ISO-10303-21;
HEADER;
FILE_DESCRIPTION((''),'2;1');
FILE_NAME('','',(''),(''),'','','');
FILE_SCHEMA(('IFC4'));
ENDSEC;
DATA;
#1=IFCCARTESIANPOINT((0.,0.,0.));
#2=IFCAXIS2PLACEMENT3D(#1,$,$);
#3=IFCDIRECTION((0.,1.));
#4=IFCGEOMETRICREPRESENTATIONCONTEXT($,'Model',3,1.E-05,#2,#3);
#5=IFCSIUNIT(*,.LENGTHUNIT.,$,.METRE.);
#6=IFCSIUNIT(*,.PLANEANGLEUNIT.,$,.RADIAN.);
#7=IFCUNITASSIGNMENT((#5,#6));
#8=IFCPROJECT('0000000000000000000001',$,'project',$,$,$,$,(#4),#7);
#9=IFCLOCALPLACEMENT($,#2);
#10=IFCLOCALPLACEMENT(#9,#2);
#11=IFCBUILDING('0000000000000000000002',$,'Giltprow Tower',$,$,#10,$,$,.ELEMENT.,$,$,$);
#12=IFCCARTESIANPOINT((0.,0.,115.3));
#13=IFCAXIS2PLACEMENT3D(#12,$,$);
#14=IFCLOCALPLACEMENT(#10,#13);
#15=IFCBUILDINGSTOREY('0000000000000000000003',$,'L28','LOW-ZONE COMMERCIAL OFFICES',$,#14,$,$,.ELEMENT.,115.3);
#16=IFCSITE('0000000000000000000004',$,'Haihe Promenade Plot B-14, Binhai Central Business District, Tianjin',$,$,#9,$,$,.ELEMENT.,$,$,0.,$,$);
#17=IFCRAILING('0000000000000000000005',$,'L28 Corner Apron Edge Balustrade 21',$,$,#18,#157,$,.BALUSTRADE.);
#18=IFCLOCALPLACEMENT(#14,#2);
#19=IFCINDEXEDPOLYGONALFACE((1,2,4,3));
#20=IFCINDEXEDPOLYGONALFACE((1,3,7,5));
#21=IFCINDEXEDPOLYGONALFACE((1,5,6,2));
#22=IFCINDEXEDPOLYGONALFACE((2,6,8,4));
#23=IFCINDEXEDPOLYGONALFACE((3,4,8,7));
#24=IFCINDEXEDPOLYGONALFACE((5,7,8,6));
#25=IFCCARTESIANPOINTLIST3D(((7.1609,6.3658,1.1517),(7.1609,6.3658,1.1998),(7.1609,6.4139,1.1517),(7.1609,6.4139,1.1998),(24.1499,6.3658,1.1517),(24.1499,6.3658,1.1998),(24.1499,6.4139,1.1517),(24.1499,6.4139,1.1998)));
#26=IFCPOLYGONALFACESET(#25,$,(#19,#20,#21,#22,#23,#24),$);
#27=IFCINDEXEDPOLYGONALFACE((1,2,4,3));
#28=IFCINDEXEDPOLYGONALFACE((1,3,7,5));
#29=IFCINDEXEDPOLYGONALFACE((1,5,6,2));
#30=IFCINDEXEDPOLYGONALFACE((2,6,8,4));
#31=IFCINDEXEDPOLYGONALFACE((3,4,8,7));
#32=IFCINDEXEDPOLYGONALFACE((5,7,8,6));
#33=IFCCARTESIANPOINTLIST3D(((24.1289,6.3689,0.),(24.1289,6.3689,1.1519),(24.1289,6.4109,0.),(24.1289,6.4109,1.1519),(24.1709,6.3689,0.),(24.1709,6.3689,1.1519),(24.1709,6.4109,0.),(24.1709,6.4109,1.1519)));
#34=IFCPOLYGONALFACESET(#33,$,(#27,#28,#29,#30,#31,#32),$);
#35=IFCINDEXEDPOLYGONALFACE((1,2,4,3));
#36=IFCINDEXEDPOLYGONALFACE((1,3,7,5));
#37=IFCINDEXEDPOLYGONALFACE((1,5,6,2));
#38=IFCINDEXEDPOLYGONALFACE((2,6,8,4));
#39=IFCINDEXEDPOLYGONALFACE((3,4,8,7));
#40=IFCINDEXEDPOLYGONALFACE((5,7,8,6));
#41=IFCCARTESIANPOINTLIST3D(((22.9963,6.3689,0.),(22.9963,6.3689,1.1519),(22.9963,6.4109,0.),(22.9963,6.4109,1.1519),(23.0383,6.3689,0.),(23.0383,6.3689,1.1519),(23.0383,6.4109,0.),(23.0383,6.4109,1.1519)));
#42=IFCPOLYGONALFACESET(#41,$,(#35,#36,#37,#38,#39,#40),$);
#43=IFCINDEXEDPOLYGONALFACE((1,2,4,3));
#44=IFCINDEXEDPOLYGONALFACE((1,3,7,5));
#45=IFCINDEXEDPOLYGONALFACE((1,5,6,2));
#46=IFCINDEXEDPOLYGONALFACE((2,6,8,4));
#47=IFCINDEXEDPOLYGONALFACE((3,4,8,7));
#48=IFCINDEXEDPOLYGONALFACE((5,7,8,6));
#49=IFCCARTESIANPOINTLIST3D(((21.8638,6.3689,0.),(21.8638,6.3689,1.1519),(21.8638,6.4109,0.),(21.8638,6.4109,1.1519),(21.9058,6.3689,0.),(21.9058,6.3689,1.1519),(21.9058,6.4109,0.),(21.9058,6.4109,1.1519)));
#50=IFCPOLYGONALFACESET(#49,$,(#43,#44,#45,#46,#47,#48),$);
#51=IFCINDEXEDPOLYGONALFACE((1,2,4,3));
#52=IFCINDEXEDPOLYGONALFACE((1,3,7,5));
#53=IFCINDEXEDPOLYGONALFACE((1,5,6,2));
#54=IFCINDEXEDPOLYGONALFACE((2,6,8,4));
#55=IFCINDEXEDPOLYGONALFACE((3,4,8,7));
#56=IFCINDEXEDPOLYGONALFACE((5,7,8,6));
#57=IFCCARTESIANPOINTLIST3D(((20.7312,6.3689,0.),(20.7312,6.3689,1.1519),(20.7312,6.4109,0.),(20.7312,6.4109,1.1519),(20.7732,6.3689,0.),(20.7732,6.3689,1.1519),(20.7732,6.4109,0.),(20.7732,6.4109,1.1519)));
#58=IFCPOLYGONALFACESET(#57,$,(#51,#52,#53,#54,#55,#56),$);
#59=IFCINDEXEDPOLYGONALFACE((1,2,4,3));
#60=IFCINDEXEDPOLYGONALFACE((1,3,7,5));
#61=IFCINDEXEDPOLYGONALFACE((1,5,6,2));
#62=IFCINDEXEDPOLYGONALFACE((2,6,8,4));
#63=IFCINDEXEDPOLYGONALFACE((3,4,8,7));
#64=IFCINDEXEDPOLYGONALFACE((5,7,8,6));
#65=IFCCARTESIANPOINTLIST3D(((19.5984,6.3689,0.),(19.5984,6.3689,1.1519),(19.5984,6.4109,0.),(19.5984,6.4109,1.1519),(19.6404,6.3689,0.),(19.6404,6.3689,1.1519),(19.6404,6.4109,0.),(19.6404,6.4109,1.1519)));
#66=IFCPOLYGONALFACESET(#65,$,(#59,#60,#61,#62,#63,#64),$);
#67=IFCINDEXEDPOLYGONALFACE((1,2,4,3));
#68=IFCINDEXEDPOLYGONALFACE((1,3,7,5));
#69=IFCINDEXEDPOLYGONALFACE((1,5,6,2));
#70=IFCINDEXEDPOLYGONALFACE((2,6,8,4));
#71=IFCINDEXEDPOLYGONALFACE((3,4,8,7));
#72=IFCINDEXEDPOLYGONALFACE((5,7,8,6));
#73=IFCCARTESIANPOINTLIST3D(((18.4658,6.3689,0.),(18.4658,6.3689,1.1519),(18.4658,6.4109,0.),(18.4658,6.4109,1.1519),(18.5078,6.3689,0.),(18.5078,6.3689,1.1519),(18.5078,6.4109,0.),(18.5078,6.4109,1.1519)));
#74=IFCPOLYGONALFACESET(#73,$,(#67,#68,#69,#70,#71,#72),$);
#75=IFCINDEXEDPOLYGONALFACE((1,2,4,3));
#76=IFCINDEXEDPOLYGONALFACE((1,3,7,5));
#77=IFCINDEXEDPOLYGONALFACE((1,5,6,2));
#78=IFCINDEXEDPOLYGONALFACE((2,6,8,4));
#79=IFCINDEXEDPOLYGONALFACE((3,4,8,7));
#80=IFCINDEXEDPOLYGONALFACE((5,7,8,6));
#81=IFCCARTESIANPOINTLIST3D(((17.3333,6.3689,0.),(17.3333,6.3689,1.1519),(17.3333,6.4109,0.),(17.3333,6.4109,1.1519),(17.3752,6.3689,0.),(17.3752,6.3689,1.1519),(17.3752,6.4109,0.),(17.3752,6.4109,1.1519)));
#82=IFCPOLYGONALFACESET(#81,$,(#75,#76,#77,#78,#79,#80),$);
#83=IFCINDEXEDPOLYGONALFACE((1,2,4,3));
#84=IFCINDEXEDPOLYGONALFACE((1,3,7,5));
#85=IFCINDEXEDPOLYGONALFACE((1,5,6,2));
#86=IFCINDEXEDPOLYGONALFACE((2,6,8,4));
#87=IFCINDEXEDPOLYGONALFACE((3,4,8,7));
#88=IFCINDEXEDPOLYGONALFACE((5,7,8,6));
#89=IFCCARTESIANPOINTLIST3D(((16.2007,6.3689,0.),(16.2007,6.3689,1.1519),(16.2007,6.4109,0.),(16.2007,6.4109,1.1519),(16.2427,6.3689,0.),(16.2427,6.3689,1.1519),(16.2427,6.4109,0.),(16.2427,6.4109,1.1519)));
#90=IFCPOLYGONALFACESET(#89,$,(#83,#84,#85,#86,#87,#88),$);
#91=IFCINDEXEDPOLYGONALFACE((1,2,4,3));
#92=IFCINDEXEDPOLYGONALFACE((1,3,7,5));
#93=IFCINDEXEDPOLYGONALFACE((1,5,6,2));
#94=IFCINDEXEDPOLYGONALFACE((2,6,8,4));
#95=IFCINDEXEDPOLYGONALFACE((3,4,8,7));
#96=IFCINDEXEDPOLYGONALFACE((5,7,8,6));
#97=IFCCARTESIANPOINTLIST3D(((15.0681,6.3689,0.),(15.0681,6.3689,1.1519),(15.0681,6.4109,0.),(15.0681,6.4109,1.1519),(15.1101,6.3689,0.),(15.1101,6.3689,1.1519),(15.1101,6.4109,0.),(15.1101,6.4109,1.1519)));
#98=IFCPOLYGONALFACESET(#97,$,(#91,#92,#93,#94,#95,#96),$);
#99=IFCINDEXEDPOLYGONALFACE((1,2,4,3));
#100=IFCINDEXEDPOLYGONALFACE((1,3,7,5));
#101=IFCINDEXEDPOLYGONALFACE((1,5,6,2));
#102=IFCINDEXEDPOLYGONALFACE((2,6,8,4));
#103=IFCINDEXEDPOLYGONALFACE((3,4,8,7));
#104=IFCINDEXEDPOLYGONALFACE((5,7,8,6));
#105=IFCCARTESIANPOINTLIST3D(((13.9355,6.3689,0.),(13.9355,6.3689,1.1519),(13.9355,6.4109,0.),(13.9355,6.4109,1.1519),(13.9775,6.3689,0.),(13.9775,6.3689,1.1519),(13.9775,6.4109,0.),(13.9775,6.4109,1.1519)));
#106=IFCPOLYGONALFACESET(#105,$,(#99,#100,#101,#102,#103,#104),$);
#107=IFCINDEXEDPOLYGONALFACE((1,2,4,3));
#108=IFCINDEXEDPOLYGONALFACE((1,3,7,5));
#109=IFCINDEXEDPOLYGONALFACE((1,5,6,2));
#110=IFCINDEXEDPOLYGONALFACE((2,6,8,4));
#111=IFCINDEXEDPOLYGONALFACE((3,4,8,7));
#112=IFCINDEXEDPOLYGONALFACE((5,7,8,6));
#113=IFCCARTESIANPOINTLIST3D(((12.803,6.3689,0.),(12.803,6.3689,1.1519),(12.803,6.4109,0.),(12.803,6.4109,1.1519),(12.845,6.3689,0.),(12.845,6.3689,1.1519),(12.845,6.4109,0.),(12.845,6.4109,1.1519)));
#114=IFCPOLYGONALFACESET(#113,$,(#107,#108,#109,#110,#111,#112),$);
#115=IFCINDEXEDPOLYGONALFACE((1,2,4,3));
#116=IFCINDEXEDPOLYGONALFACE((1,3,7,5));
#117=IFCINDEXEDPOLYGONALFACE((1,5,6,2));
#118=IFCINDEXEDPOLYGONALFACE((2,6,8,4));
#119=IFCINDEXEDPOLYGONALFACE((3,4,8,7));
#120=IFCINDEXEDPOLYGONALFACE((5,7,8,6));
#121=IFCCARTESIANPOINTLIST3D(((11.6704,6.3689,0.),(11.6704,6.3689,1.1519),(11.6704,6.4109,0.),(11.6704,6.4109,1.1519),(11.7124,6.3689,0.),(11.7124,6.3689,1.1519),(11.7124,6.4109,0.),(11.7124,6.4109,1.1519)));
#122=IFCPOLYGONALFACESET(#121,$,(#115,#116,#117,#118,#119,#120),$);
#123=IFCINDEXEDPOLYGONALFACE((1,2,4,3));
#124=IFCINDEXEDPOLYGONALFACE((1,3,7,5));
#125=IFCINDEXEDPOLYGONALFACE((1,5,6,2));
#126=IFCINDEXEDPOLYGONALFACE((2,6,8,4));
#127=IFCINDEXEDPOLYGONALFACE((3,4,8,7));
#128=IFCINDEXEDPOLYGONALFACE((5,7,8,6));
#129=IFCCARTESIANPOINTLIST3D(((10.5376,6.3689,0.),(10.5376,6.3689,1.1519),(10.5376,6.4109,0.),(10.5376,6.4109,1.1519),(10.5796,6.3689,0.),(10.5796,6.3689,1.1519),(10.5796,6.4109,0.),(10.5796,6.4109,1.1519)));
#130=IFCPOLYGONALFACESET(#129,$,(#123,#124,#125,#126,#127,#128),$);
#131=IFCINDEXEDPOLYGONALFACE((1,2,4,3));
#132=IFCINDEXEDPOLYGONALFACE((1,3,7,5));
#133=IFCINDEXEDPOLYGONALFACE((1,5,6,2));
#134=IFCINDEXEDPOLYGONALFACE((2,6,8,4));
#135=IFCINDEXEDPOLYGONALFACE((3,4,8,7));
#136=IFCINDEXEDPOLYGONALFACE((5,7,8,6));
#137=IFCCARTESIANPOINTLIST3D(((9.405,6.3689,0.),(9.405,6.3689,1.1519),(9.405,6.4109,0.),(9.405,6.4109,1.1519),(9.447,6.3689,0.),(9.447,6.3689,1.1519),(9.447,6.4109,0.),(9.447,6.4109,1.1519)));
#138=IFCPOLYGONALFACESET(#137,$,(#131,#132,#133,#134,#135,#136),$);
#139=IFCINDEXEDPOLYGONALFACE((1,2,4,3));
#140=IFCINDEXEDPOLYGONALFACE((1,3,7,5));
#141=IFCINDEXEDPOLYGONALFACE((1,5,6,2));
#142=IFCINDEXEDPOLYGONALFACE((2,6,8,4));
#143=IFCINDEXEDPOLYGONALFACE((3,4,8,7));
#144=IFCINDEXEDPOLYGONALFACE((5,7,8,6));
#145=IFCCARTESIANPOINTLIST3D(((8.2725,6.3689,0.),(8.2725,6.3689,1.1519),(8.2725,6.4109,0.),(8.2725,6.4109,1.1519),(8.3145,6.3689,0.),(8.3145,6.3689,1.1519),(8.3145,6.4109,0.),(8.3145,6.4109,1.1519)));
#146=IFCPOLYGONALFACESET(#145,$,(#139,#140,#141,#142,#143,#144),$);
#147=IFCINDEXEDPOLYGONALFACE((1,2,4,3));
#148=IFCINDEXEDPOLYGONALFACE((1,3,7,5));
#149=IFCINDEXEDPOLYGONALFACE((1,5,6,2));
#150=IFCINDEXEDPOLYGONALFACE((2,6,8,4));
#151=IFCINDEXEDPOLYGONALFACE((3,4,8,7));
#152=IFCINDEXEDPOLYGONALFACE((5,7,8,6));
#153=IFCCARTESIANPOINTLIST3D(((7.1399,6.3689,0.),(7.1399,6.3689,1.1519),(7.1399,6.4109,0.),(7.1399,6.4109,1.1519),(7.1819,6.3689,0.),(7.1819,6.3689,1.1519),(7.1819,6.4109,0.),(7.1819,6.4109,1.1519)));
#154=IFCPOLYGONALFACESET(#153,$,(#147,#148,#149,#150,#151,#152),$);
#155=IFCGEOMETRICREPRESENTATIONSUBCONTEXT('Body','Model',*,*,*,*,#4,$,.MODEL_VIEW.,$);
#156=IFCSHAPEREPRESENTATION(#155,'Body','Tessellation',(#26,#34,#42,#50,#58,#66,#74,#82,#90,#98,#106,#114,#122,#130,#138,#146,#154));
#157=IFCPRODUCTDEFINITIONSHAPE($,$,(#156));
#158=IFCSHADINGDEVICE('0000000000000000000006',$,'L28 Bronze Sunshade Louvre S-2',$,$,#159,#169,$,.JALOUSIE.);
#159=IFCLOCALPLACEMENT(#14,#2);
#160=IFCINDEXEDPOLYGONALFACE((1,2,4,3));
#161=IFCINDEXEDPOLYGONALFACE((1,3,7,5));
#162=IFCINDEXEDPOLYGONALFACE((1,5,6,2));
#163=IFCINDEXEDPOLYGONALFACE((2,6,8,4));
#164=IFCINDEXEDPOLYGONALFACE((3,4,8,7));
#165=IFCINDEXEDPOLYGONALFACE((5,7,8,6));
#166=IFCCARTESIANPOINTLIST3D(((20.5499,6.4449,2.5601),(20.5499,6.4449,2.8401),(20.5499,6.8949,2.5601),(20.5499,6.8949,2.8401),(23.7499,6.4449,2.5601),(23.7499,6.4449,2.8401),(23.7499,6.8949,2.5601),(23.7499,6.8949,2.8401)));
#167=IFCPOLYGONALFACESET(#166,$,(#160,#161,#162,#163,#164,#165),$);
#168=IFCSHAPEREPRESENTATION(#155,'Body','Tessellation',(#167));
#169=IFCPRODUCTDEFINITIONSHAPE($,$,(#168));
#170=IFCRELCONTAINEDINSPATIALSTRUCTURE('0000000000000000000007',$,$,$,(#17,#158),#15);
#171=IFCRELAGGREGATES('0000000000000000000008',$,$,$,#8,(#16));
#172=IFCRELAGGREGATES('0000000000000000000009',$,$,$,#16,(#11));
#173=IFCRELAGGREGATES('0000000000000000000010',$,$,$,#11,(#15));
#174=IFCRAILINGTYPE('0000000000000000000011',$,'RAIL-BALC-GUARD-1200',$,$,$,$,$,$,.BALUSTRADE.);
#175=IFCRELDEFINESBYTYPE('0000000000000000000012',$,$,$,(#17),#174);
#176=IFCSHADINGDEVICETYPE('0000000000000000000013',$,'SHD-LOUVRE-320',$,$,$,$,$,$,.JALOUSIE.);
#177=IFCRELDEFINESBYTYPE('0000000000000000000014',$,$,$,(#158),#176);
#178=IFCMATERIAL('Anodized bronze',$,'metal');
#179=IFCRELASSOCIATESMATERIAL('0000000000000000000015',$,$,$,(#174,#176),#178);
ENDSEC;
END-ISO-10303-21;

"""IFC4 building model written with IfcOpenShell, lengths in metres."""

from ifc_helpers import new_model, si_unit, direction, frame, origin, origin_2d, place, context, subcontext, project, spatial, rectangle, extrude, source, transform, mapped, material, type_object, element, save


model = new_model("IFC4")

# Units and contexts
model_context = context("Model", 3, precision=1e-05, world=origin(), true_north=direction((0.0, 1.0)))
body_context = subcontext(model_context, "Body", "Model", "MODEL_VIEW")
ifc_project = project(units=[si_unit("LENGTHUNIT", "METRE"), si_unit("PLANEANGLEUNIT", "RADIAN")], contexts=[model_context])

# Site, building, storey
site_placement = place(None, origin())
site = spatial("IfcSite", under=ifc_project, at=site_placement, Name="Haihe Promenade Plot B-14, Binhai Central Business District, Tianjin", CompositionType="ELEMENT", RefElevation=0.0)
building_placement = place(site_placement, origin())
building = spatial("IfcBuilding", under=site, at=building_placement, Name="Giltprow Tower", CompositionType="ELEMENT")
storey_placement = place(building_placement, frame((0.0, 0.0, 115.3)))
storey = spatial("IfcBuildingStorey", under=building, at=storey_placement, Name="L28", Description="LOW-ZONE COMMERCIAL OFFICES", CompositionType="ELEMENT", Elevation=115.3)

# Shared definitions
ifc_material_1 = material(Name="Anodized bronze", Category="metal")

# Railing
railing_type = type_object("IfcRailingType", Name="RAIL-BALC-GUARD-1200", PredefinedType="BALUSTRADE", material=ifc_material_1)
railing_1_placement = place(storey_placement, frame((24.1499, 6.3899, 0.0)))
element("IfcRailing", 1, at=railing_1_placement, inside=storey, type_object=railing_type, Name="L28 Corner Apron Edge Balustrade 21", PredefinedType="BALUSTRADE", context=body_context, shape_type="SweptSolid", body=[
    extrude(rectangle(XDim=0.0481, YDim=0.0481, at=origin_2d()), frame((0.0, 0.0, 1.1758), z_axis=(-1.0, 0.0, 0.0), x_axis=(0.0, -1.0, 0.0)), (0.0, 0.0, 1.0), 16.989),
    extrude(rectangle(XDim=0.042, YDim=0.042, at=origin_2d()), origin(), (0.0, 0.0, 1.0), 1.1519),
    extrude(rectangle(XDim=0.042, YDim=0.042, at=origin_2d()), frame((-1.1326, 0.0, 0.0)), (0.0, 0.0, 1.0), 1.1519),
    extrude(rectangle(XDim=0.042, YDim=0.042, at=origin_2d()), frame((-2.2651, 0.0, 0.0)), (0.0, 0.0, 1.0), 1.1519),
    extrude(rectangle(XDim=0.042, YDim=0.042, at=origin_2d()), frame((-3.3977, 0.0, 0.0)), (0.0, 0.0, 1.0), 1.1519),
    extrude(rectangle(XDim=0.042, YDim=0.042, at=origin_2d()), frame((-4.5305, 0.0, 0.0)), (0.0, 0.0, 1.0), 1.1519),
    extrude(rectangle(XDim=0.042, YDim=0.042, at=origin_2d()), frame((-5.6631, 0.0, 0.0)), (0.0, 0.0, 1.0), 1.1519),
    extrude(rectangle(XDim=0.042, YDim=0.042, at=origin_2d()), frame((-6.7957, 0.0, 0.0)), (0.0, 0.0, 1.0), 1.1519),
    extrude(rectangle(XDim=0.042, YDim=0.042, at=origin_2d()), frame((-7.9282, 0.0, 0.0)), (0.0, 0.0, 1.0), 1.1519),
    extrude(rectangle(XDim=0.042, YDim=0.042, at=origin_2d()), frame((-9.0608, 0.0, 0.0)), (0.0, 0.0, 1.0), 1.1519),
    extrude(rectangle(XDim=0.042, YDim=0.042, at=origin_2d()), frame((-10.1934, 0.0, 0.0)), (0.0, 0.0, 1.0), 1.1519),
    extrude(rectangle(XDim=0.042, YDim=0.042, at=origin_2d()), frame((-11.3259, 0.0, 0.0)), (0.0, 0.0, 1.0), 1.1519),
    extrude(rectangle(XDim=0.042, YDim=0.042, at=origin_2d()), frame((-12.4585, 0.0, 0.0)), (0.0, 0.0, 1.0), 1.1519),
    extrude(rectangle(XDim=0.042, YDim=0.042, at=origin_2d()), frame((-13.5913, 0.0, 0.0)), (0.0, 0.0, 1.0), 1.1519),
    extrude(rectangle(XDim=0.042, YDim=0.042, at=origin_2d()), frame((-14.7239, 0.0, 0.0)), (0.0, 0.0, 1.0), 1.1519),
    extrude(rectangle(XDim=0.042, YDim=0.042, at=origin_2d()), frame((-15.8564, 0.0, 0.0)), (0.0, 0.0, 1.0), 1.1519),
    extrude(rectangle(XDim=0.042, YDim=0.042, at=origin_2d()), frame((-16.989, 0.0, 0.0)), (0.0, 0.0, 1.0), 1.1519),
])

# Shading device
shading_device_type = type_object("IfcShadingDeviceType", Name="SHD-LOUVRE-320", PredefinedType="JALOUSIE", material=ifc_material_1)
shared_shape_1 = source(origin(), body_context, "Body", "SweptSolid", [
    extrude(rectangle(XDim=3.2, YDim=0.45, at=origin_2d()), origin(), (0.0, 0.0, 1.0), 0.28),
])
shading_device_placement = place(storey_placement, frame((22.1499, 6.6699, 2.5601), z_axis=(0.0, 0.0, 1.0), x_axis=(1.0, 0.0, 0.0)))
element("IfcShadingDevice", 2, at=shading_device_placement, inside=storey, type_object=shading_device_type, Name="L28 Bronze Sunshade Louvre S-2", PredefinedType="JALOUSIE", context=body_context, shape_type="MappedRepresentation", body=[
    mapped(shared_shape_1, transform((0.0, 0.0, 0.0), x_axis=(1.0, 0.0, 0.0), y_axis=(0.0, 1.0, 0.0), z_axis=(0.0, 0.0, 1.0), scale=1.0)),
])

save(model, "model.ifc")
